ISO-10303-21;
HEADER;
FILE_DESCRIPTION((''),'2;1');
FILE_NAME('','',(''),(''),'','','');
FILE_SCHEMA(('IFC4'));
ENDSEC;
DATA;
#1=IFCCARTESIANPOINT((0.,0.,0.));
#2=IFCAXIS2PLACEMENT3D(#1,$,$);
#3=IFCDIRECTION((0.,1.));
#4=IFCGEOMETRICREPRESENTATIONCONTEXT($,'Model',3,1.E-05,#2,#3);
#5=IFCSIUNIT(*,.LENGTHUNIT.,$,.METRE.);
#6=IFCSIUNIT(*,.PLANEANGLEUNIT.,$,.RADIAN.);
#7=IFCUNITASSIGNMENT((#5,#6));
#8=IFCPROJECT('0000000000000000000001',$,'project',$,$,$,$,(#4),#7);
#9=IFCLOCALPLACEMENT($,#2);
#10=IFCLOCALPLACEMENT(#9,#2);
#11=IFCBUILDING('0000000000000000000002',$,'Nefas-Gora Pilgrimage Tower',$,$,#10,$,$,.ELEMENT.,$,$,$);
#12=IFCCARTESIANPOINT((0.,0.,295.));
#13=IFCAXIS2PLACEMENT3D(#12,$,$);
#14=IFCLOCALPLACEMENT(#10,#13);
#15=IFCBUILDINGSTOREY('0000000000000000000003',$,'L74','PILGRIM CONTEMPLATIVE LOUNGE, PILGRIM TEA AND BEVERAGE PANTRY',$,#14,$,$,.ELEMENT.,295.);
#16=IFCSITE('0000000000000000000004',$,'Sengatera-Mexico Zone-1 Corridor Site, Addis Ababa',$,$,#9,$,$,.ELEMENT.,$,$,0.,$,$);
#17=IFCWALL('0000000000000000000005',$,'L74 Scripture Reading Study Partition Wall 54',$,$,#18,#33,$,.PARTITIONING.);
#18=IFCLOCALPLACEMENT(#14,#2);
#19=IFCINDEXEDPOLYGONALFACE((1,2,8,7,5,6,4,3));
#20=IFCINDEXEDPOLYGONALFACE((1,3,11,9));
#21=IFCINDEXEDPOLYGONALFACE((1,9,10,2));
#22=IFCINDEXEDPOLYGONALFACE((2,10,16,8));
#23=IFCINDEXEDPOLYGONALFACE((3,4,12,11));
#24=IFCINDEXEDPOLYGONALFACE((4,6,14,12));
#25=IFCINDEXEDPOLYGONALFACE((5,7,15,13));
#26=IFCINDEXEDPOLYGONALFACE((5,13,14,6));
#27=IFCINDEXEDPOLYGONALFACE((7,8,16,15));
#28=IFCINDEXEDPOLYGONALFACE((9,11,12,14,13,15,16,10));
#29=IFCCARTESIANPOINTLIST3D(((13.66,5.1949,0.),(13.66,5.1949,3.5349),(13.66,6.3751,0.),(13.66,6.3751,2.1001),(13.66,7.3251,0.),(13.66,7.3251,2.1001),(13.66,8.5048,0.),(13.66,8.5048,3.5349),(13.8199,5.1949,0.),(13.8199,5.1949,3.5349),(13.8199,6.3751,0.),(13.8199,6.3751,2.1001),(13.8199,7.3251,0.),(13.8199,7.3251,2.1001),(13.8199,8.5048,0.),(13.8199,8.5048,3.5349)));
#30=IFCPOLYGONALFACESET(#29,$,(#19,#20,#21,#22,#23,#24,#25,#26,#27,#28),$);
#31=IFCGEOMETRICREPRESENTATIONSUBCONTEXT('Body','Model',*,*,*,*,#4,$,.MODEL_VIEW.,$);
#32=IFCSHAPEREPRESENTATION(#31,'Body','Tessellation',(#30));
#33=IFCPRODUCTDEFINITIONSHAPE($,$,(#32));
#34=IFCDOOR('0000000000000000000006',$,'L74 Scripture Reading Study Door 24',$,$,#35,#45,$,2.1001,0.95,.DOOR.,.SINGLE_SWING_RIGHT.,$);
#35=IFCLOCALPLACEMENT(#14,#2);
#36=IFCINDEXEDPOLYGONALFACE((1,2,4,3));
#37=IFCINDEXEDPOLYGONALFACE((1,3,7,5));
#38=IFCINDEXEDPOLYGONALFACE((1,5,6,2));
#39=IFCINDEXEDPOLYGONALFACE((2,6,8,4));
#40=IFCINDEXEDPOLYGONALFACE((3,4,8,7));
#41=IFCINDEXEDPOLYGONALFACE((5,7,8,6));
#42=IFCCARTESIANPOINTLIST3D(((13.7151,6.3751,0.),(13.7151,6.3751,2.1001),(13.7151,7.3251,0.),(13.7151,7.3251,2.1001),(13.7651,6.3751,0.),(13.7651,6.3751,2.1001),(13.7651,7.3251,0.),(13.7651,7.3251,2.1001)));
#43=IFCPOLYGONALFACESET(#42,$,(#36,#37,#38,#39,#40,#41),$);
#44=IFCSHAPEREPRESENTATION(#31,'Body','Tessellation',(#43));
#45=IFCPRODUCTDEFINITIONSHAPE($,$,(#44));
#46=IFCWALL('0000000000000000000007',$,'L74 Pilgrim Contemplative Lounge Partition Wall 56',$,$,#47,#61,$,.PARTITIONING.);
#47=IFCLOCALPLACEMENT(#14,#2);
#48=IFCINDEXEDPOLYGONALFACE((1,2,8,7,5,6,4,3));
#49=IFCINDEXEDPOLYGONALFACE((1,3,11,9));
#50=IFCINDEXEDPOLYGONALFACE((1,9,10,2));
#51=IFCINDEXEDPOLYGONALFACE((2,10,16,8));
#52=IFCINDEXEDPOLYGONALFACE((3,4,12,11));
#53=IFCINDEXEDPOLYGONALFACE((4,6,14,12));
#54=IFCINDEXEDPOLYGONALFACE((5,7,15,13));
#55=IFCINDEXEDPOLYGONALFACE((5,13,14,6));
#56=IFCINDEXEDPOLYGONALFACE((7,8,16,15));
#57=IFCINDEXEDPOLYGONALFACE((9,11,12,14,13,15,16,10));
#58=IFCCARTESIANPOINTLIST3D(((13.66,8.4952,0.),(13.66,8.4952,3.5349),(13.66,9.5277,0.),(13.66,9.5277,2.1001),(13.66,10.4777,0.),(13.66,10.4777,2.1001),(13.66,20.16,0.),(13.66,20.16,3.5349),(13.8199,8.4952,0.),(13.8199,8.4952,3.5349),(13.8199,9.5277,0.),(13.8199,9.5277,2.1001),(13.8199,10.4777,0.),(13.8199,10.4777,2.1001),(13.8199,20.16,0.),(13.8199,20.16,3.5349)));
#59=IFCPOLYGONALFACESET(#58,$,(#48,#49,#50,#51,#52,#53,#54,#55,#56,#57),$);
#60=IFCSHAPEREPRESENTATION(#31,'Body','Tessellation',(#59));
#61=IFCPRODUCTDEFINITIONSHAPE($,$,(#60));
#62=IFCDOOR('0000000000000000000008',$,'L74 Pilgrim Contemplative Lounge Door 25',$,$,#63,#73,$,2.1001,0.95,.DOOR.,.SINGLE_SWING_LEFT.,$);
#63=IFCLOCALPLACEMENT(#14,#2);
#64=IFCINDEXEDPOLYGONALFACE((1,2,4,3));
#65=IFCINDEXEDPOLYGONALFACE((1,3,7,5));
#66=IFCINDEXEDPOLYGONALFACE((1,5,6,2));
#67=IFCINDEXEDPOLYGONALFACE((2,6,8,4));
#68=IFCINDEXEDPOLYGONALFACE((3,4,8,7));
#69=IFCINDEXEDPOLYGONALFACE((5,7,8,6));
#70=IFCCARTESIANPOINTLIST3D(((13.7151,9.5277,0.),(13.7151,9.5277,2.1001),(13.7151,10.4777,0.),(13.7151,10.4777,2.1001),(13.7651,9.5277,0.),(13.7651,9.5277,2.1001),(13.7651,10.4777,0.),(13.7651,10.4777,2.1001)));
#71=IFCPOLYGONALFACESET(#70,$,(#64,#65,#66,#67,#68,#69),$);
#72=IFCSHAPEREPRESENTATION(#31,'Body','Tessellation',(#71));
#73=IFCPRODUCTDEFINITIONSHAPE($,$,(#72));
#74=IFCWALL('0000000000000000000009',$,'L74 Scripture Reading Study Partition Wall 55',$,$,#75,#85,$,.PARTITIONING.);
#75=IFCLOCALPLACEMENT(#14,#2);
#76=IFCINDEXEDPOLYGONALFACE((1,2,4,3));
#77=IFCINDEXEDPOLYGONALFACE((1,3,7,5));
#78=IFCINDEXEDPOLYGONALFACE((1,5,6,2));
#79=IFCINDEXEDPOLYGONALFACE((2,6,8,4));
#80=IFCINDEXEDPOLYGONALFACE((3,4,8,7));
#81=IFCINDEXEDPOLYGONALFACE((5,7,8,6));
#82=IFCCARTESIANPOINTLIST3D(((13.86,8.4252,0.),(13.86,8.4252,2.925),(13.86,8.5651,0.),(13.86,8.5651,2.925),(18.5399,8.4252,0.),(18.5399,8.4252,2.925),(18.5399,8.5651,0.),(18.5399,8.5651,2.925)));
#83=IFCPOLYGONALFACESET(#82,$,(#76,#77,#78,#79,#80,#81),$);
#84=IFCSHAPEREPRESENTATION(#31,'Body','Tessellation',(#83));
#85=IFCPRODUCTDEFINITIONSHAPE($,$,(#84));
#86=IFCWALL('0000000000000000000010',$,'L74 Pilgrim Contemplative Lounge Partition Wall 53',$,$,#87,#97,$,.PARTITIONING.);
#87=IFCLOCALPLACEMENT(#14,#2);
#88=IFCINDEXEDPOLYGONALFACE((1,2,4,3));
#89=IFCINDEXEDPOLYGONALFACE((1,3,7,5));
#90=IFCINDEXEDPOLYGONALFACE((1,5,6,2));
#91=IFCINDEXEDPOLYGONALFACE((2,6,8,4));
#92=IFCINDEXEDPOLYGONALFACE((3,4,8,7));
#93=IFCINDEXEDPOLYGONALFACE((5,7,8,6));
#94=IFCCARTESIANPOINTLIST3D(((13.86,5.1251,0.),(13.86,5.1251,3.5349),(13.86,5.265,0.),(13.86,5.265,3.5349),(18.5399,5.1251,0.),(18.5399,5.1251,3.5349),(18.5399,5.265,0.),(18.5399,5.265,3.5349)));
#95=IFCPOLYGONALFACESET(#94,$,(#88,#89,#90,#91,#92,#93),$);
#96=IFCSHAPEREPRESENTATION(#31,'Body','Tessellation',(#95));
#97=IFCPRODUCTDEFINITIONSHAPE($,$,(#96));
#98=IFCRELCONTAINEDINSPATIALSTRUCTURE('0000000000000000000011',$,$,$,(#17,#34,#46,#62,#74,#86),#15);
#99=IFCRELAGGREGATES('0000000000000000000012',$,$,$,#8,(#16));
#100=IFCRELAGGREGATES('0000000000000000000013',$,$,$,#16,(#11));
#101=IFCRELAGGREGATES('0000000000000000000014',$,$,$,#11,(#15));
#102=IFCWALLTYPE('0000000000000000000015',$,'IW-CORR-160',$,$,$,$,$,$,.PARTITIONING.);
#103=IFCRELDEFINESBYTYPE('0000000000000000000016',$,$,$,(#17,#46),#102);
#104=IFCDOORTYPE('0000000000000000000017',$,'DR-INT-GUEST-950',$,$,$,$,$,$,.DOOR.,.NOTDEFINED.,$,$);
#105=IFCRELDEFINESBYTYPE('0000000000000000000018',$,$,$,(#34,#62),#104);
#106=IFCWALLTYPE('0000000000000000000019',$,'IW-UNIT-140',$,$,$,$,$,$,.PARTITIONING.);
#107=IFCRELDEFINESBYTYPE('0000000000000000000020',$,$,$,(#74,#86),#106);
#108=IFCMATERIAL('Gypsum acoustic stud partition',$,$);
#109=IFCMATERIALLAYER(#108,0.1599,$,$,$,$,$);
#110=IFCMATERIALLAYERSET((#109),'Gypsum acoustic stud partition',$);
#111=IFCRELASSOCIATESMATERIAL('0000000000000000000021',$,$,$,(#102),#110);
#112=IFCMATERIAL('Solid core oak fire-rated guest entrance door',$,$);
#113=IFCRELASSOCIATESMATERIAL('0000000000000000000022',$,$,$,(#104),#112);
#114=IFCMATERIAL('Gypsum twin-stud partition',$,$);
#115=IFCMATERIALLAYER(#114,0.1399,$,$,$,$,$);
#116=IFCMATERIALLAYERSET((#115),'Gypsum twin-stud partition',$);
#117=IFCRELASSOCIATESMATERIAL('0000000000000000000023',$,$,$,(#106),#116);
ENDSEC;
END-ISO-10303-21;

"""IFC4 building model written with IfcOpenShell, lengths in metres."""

from ifc_helpers import new_model, si_unit, direction, frame, frame_2d, origin, place, context, subcontext, project, spatial, rectangle, extrude, source, transform, mapped, material, layer, layer_set, type_object, element, fill, save


model = new_model("IFC4")

# Units and contexts
model_context = context("Model", 3, precision=1e-05, world=origin(), true_north=direction((0.0, 1.0)))
body_context = subcontext(model_context, "Body", "Model", "MODEL_VIEW")
ifc_project = project(units=[si_unit("LENGTHUNIT", "METRE"), si_unit("PLANEANGLEUNIT", "RADIAN")], contexts=[model_context])

# Site, building, storey
site_placement = place(None, origin())
site = spatial("IfcSite", under=ifc_project, at=site_placement, Name="Sengatera-Mexico Zone-1 Corridor Site, Addis Ababa", CompositionType="ELEMENT", RefElevation=0.0)
building_placement = place(site_placement, origin())
building = spatial("IfcBuilding", under=site, at=building_placement, Name="Nefas-Gora Pilgrimage Tower", CompositionType="ELEMENT")
storey_placement = place(building_placement, frame((0.0, 0.0, 295.0)))
storey = spatial("IfcBuildingStorey", under=building, at=storey_placement, Name="L74", Description="PILGRIM CONTEMPLATIVE LOUNGE, PILGRIM TEA AND BEVERAGE PANTRY", CompositionType="ELEMENT", Elevation=295.0)

# Walls, openings, doors
ifc_material_1 = material(Name="Gypsum acoustic stud partition")
ifc_layer_1 = layer(ifc_material_1, 0.1599)
ifc_layer_set_1 = layer_set([ifc_layer_1], Name="Gypsum acoustic stud partition")
wall_type_1 = type_object("IfcWallType", Name="IW-CORR-160", PredefinedType="PARTITIONING", material=ifc_layer_set_1)
shared_shape_1 = source(origin(), body_context, "Body", "SweptSolid", [
    extrude(rectangle(XDim=3.3098, YDim=0.1599, at=frame_2d((1.6548, 0.0))), origin(), (0.0, 0.0, 1.0), 3.5349),
])
wall_1_placement = place(storey_placement, frame((13.74, 5.1951, 0.0), z_axis=(0.0, 0.0, 1.0), x_axis=(0.0, 1.0, 0.0)))
wall_1 = element("IfcWall", 1, at=wall_1_placement, inside=storey, type_object=wall_type_1, Name="L74 Scripture Reading Study Partition Wall 54", PredefinedType="PARTITIONING", context=body_context, shape_type="MappedRepresentation", body=[
    mapped(shared_shape_1, transform((0.0, 0.0, 0.0), x_axis=(1.0, 0.0, 0.0), y_axis=(0.0, 1.0, 0.0), z_axis=(0.0, 0.0, 1.0), scale=1.0)),
])
opening_1_placement = place(wall_1_placement, frame((1.1799, 0.0, 0.0)))
opening_1 = element("IfcOpeningElement", 2, at=opening_1_placement, cuts=wall_1, PredefinedType="OPENING", context=body_context, shape_type="SweptSolid", body=[
    extrude(rectangle(XDim=0.95, YDim=2.1001, at=frame_2d((0.4751, 1.05))), frame((0.0, 0.0898, 0.0), z_axis=(0.0, -1.0, 0.0), x_axis=(1.0, 0.0, 0.0)), (0.0, 0.0, 1.0), 0.1799),
])
ifc_material_2 = material(Name="Solid core oak fire-rated guest entrance door")
door_type = type_object("IfcDoorType", Name="DR-INT-GUEST-950", OperationType="NOTDEFINED", PredefinedType="DOOR", material=ifc_material_2)
shared_shape_2 = source(origin(), body_context, "Body", "SweptSolid", [
    extrude(rectangle(XDim=0.95, YDim=2.1001, at=frame_2d((0.4751, 1.05))), frame((0.0, 0.0249, 0.0), z_axis=(0.0, -1.0, 0.0), x_axis=(1.0, 0.0, 0.0)), (0.0, 0.0, 1.0), 0.05),
])
door_1_placement = place(opening_1_placement, origin())
door_1 = element("IfcDoor", 3, at=door_1_placement, inside=storey, type_object=door_type, Name="L74 Scripture Reading Study Door 24", OperationType="SINGLE_SWING_RIGHT", OverallHeight=2.1001, OverallWidth=0.95, PredefinedType="DOOR", context=body_context, shape_type="MappedRepresentation", body=[
    mapped(shared_shape_2, transform((0.0, 0.0, 0.0), x_axis=(1.0, 0.0, 0.0), y_axis=(0.0, 1.0, 0.0), z_axis=(0.0, 0.0, 1.0), scale=1.0)),
])
fill(opening_1, door_1)
shared_shape_3 = source(origin(), body_context, "Body", "SweptSolid", [
    extrude(rectangle(XDim=11.6648, YDim=0.1599, at=frame_2d((5.8325, 0.0))), origin(), (0.0, 0.0, 1.0), 3.5349),
])
wall_2_placement = place(storey_placement, frame((13.74, 8.4951, 0.0), z_axis=(0.0, 0.0, 1.0), x_axis=(0.0, 1.0, 0.0)))
wall_2 = element("IfcWall", 4, at=wall_2_placement, inside=storey, type_object=wall_type_1, Name="L74 Pilgrim Contemplative Lounge Partition Wall 56", PredefinedType="PARTITIONING", context=body_context, shape_type="MappedRepresentation", body=[
    mapped(shared_shape_3, transform((0.0, 0.0, 0.0), x_axis=(1.0, 0.0, 0.0), y_axis=(0.0, 1.0, 0.0), z_axis=(0.0, 0.0, 1.0), scale=1.0)),
])
opening_2_placement = place(wall_2_placement, frame((1.0325, 0.0, 0.0)))
opening_2 = element("IfcOpeningElement", 5, at=opening_2_placement, cuts=wall_2, PredefinedType="OPENING", context=body_context, shape_type="SweptSolid", body=[
    extrude(rectangle(XDim=0.95, YDim=2.1001, at=frame_2d((0.4751, 1.05))), frame((0.0, 0.0898, 0.0), z_axis=(0.0, -1.0, 0.0), x_axis=(1.0, 0.0, 0.0)), (0.0, 0.0, 1.0), 0.1799),
])
door_2_placement = place(opening_2_placement, origin())
door_2 = element("IfcDoor", 6, at=door_2_placement, inside=storey, type_object=door_type, Name="L74 Pilgrim Contemplative Lounge Door 25", OperationType="SINGLE_SWING_LEFT", OverallHeight=2.1001, OverallWidth=0.95, PredefinedType="DOOR", context=body_context, shape_type="MappedRepresentation", body=[
    mapped(shared_shape_2, transform((0.0, 0.0, 0.0), x_axis=(1.0, 0.0, 0.0), y_axis=(0.0, 1.0, 0.0), z_axis=(0.0, 0.0, 1.0), scale=1.0)),
])
fill(opening_2, door_2)

# Walls
ifc_material_3 = material(Name="Gypsum twin-stud partition")
ifc_layer_2 = layer(ifc_material_3, 0.1399)
ifc_layer_set_2 = layer_set([ifc_layer_2], Name="Gypsum twin-stud partition")
wall_type_2 = type_object("IfcWallType", Name="IW-UNIT-140", PredefinedType="PARTITIONING", material=ifc_layer_set_2)
shared_shape_4 = source(origin(), body_context, "Body", "SweptSolid", [
    extrude(rectangle(XDim=4.6799, YDim=0.1399, at=frame_2d((2.3398, 0.0))), origin(), (0.0, 0.0, 1.0), 2.925),
])
wall_3_placement = place(storey_placement, frame((13.8601, 8.4951, 0.0), z_axis=(0.0, 0.0, 1.0), x_axis=(1.0, 0.0, 0.0)))
element("IfcWall", 7, at=wall_3_placement, inside=storey, type_object=wall_type_2, Name="L74 Scripture Reading Study Partition Wall 55", PredefinedType="PARTITIONING", context=body_context, shape_type="MappedRepresentation", body=[
    mapped(shared_shape_4, transform((0.0, 0.0, 0.0), x_axis=(1.0, 0.0, 0.0), y_axis=(0.0, 1.0, 0.0), z_axis=(0.0, 0.0, 1.0), scale=1.0)),
])
shared_shape_5 = source(origin(), body_context, "Body", "SweptSolid", [
    extrude(rectangle(XDim=4.6799, YDim=0.1399, at=frame_2d((2.3398, 0.0))), origin(), (0.0, 0.0, 1.0), 3.5349),
])
wall_4_placement = place(storey_placement, frame((13.8601, 5.1951, 0.0), z_axis=(0.0, 0.0, 1.0), x_axis=(1.0, 0.0, 0.0)))
element("IfcWall", 8, at=wall_4_placement, inside=storey, type_object=wall_type_2, Name="L74 Pilgrim Contemplative Lounge Partition Wall 53", PredefinedType="PARTITIONING", context=body_context, shape_type="MappedRepresentation", body=[
    mapped(shared_shape_5, transform((0.0, 0.0, 0.0), x_axis=(1.0, 0.0, 0.0), y_axis=(0.0, 1.0, 0.0), z_axis=(0.0, 0.0, 1.0), scale=1.0)),
])

save(model, "model.ifc")
